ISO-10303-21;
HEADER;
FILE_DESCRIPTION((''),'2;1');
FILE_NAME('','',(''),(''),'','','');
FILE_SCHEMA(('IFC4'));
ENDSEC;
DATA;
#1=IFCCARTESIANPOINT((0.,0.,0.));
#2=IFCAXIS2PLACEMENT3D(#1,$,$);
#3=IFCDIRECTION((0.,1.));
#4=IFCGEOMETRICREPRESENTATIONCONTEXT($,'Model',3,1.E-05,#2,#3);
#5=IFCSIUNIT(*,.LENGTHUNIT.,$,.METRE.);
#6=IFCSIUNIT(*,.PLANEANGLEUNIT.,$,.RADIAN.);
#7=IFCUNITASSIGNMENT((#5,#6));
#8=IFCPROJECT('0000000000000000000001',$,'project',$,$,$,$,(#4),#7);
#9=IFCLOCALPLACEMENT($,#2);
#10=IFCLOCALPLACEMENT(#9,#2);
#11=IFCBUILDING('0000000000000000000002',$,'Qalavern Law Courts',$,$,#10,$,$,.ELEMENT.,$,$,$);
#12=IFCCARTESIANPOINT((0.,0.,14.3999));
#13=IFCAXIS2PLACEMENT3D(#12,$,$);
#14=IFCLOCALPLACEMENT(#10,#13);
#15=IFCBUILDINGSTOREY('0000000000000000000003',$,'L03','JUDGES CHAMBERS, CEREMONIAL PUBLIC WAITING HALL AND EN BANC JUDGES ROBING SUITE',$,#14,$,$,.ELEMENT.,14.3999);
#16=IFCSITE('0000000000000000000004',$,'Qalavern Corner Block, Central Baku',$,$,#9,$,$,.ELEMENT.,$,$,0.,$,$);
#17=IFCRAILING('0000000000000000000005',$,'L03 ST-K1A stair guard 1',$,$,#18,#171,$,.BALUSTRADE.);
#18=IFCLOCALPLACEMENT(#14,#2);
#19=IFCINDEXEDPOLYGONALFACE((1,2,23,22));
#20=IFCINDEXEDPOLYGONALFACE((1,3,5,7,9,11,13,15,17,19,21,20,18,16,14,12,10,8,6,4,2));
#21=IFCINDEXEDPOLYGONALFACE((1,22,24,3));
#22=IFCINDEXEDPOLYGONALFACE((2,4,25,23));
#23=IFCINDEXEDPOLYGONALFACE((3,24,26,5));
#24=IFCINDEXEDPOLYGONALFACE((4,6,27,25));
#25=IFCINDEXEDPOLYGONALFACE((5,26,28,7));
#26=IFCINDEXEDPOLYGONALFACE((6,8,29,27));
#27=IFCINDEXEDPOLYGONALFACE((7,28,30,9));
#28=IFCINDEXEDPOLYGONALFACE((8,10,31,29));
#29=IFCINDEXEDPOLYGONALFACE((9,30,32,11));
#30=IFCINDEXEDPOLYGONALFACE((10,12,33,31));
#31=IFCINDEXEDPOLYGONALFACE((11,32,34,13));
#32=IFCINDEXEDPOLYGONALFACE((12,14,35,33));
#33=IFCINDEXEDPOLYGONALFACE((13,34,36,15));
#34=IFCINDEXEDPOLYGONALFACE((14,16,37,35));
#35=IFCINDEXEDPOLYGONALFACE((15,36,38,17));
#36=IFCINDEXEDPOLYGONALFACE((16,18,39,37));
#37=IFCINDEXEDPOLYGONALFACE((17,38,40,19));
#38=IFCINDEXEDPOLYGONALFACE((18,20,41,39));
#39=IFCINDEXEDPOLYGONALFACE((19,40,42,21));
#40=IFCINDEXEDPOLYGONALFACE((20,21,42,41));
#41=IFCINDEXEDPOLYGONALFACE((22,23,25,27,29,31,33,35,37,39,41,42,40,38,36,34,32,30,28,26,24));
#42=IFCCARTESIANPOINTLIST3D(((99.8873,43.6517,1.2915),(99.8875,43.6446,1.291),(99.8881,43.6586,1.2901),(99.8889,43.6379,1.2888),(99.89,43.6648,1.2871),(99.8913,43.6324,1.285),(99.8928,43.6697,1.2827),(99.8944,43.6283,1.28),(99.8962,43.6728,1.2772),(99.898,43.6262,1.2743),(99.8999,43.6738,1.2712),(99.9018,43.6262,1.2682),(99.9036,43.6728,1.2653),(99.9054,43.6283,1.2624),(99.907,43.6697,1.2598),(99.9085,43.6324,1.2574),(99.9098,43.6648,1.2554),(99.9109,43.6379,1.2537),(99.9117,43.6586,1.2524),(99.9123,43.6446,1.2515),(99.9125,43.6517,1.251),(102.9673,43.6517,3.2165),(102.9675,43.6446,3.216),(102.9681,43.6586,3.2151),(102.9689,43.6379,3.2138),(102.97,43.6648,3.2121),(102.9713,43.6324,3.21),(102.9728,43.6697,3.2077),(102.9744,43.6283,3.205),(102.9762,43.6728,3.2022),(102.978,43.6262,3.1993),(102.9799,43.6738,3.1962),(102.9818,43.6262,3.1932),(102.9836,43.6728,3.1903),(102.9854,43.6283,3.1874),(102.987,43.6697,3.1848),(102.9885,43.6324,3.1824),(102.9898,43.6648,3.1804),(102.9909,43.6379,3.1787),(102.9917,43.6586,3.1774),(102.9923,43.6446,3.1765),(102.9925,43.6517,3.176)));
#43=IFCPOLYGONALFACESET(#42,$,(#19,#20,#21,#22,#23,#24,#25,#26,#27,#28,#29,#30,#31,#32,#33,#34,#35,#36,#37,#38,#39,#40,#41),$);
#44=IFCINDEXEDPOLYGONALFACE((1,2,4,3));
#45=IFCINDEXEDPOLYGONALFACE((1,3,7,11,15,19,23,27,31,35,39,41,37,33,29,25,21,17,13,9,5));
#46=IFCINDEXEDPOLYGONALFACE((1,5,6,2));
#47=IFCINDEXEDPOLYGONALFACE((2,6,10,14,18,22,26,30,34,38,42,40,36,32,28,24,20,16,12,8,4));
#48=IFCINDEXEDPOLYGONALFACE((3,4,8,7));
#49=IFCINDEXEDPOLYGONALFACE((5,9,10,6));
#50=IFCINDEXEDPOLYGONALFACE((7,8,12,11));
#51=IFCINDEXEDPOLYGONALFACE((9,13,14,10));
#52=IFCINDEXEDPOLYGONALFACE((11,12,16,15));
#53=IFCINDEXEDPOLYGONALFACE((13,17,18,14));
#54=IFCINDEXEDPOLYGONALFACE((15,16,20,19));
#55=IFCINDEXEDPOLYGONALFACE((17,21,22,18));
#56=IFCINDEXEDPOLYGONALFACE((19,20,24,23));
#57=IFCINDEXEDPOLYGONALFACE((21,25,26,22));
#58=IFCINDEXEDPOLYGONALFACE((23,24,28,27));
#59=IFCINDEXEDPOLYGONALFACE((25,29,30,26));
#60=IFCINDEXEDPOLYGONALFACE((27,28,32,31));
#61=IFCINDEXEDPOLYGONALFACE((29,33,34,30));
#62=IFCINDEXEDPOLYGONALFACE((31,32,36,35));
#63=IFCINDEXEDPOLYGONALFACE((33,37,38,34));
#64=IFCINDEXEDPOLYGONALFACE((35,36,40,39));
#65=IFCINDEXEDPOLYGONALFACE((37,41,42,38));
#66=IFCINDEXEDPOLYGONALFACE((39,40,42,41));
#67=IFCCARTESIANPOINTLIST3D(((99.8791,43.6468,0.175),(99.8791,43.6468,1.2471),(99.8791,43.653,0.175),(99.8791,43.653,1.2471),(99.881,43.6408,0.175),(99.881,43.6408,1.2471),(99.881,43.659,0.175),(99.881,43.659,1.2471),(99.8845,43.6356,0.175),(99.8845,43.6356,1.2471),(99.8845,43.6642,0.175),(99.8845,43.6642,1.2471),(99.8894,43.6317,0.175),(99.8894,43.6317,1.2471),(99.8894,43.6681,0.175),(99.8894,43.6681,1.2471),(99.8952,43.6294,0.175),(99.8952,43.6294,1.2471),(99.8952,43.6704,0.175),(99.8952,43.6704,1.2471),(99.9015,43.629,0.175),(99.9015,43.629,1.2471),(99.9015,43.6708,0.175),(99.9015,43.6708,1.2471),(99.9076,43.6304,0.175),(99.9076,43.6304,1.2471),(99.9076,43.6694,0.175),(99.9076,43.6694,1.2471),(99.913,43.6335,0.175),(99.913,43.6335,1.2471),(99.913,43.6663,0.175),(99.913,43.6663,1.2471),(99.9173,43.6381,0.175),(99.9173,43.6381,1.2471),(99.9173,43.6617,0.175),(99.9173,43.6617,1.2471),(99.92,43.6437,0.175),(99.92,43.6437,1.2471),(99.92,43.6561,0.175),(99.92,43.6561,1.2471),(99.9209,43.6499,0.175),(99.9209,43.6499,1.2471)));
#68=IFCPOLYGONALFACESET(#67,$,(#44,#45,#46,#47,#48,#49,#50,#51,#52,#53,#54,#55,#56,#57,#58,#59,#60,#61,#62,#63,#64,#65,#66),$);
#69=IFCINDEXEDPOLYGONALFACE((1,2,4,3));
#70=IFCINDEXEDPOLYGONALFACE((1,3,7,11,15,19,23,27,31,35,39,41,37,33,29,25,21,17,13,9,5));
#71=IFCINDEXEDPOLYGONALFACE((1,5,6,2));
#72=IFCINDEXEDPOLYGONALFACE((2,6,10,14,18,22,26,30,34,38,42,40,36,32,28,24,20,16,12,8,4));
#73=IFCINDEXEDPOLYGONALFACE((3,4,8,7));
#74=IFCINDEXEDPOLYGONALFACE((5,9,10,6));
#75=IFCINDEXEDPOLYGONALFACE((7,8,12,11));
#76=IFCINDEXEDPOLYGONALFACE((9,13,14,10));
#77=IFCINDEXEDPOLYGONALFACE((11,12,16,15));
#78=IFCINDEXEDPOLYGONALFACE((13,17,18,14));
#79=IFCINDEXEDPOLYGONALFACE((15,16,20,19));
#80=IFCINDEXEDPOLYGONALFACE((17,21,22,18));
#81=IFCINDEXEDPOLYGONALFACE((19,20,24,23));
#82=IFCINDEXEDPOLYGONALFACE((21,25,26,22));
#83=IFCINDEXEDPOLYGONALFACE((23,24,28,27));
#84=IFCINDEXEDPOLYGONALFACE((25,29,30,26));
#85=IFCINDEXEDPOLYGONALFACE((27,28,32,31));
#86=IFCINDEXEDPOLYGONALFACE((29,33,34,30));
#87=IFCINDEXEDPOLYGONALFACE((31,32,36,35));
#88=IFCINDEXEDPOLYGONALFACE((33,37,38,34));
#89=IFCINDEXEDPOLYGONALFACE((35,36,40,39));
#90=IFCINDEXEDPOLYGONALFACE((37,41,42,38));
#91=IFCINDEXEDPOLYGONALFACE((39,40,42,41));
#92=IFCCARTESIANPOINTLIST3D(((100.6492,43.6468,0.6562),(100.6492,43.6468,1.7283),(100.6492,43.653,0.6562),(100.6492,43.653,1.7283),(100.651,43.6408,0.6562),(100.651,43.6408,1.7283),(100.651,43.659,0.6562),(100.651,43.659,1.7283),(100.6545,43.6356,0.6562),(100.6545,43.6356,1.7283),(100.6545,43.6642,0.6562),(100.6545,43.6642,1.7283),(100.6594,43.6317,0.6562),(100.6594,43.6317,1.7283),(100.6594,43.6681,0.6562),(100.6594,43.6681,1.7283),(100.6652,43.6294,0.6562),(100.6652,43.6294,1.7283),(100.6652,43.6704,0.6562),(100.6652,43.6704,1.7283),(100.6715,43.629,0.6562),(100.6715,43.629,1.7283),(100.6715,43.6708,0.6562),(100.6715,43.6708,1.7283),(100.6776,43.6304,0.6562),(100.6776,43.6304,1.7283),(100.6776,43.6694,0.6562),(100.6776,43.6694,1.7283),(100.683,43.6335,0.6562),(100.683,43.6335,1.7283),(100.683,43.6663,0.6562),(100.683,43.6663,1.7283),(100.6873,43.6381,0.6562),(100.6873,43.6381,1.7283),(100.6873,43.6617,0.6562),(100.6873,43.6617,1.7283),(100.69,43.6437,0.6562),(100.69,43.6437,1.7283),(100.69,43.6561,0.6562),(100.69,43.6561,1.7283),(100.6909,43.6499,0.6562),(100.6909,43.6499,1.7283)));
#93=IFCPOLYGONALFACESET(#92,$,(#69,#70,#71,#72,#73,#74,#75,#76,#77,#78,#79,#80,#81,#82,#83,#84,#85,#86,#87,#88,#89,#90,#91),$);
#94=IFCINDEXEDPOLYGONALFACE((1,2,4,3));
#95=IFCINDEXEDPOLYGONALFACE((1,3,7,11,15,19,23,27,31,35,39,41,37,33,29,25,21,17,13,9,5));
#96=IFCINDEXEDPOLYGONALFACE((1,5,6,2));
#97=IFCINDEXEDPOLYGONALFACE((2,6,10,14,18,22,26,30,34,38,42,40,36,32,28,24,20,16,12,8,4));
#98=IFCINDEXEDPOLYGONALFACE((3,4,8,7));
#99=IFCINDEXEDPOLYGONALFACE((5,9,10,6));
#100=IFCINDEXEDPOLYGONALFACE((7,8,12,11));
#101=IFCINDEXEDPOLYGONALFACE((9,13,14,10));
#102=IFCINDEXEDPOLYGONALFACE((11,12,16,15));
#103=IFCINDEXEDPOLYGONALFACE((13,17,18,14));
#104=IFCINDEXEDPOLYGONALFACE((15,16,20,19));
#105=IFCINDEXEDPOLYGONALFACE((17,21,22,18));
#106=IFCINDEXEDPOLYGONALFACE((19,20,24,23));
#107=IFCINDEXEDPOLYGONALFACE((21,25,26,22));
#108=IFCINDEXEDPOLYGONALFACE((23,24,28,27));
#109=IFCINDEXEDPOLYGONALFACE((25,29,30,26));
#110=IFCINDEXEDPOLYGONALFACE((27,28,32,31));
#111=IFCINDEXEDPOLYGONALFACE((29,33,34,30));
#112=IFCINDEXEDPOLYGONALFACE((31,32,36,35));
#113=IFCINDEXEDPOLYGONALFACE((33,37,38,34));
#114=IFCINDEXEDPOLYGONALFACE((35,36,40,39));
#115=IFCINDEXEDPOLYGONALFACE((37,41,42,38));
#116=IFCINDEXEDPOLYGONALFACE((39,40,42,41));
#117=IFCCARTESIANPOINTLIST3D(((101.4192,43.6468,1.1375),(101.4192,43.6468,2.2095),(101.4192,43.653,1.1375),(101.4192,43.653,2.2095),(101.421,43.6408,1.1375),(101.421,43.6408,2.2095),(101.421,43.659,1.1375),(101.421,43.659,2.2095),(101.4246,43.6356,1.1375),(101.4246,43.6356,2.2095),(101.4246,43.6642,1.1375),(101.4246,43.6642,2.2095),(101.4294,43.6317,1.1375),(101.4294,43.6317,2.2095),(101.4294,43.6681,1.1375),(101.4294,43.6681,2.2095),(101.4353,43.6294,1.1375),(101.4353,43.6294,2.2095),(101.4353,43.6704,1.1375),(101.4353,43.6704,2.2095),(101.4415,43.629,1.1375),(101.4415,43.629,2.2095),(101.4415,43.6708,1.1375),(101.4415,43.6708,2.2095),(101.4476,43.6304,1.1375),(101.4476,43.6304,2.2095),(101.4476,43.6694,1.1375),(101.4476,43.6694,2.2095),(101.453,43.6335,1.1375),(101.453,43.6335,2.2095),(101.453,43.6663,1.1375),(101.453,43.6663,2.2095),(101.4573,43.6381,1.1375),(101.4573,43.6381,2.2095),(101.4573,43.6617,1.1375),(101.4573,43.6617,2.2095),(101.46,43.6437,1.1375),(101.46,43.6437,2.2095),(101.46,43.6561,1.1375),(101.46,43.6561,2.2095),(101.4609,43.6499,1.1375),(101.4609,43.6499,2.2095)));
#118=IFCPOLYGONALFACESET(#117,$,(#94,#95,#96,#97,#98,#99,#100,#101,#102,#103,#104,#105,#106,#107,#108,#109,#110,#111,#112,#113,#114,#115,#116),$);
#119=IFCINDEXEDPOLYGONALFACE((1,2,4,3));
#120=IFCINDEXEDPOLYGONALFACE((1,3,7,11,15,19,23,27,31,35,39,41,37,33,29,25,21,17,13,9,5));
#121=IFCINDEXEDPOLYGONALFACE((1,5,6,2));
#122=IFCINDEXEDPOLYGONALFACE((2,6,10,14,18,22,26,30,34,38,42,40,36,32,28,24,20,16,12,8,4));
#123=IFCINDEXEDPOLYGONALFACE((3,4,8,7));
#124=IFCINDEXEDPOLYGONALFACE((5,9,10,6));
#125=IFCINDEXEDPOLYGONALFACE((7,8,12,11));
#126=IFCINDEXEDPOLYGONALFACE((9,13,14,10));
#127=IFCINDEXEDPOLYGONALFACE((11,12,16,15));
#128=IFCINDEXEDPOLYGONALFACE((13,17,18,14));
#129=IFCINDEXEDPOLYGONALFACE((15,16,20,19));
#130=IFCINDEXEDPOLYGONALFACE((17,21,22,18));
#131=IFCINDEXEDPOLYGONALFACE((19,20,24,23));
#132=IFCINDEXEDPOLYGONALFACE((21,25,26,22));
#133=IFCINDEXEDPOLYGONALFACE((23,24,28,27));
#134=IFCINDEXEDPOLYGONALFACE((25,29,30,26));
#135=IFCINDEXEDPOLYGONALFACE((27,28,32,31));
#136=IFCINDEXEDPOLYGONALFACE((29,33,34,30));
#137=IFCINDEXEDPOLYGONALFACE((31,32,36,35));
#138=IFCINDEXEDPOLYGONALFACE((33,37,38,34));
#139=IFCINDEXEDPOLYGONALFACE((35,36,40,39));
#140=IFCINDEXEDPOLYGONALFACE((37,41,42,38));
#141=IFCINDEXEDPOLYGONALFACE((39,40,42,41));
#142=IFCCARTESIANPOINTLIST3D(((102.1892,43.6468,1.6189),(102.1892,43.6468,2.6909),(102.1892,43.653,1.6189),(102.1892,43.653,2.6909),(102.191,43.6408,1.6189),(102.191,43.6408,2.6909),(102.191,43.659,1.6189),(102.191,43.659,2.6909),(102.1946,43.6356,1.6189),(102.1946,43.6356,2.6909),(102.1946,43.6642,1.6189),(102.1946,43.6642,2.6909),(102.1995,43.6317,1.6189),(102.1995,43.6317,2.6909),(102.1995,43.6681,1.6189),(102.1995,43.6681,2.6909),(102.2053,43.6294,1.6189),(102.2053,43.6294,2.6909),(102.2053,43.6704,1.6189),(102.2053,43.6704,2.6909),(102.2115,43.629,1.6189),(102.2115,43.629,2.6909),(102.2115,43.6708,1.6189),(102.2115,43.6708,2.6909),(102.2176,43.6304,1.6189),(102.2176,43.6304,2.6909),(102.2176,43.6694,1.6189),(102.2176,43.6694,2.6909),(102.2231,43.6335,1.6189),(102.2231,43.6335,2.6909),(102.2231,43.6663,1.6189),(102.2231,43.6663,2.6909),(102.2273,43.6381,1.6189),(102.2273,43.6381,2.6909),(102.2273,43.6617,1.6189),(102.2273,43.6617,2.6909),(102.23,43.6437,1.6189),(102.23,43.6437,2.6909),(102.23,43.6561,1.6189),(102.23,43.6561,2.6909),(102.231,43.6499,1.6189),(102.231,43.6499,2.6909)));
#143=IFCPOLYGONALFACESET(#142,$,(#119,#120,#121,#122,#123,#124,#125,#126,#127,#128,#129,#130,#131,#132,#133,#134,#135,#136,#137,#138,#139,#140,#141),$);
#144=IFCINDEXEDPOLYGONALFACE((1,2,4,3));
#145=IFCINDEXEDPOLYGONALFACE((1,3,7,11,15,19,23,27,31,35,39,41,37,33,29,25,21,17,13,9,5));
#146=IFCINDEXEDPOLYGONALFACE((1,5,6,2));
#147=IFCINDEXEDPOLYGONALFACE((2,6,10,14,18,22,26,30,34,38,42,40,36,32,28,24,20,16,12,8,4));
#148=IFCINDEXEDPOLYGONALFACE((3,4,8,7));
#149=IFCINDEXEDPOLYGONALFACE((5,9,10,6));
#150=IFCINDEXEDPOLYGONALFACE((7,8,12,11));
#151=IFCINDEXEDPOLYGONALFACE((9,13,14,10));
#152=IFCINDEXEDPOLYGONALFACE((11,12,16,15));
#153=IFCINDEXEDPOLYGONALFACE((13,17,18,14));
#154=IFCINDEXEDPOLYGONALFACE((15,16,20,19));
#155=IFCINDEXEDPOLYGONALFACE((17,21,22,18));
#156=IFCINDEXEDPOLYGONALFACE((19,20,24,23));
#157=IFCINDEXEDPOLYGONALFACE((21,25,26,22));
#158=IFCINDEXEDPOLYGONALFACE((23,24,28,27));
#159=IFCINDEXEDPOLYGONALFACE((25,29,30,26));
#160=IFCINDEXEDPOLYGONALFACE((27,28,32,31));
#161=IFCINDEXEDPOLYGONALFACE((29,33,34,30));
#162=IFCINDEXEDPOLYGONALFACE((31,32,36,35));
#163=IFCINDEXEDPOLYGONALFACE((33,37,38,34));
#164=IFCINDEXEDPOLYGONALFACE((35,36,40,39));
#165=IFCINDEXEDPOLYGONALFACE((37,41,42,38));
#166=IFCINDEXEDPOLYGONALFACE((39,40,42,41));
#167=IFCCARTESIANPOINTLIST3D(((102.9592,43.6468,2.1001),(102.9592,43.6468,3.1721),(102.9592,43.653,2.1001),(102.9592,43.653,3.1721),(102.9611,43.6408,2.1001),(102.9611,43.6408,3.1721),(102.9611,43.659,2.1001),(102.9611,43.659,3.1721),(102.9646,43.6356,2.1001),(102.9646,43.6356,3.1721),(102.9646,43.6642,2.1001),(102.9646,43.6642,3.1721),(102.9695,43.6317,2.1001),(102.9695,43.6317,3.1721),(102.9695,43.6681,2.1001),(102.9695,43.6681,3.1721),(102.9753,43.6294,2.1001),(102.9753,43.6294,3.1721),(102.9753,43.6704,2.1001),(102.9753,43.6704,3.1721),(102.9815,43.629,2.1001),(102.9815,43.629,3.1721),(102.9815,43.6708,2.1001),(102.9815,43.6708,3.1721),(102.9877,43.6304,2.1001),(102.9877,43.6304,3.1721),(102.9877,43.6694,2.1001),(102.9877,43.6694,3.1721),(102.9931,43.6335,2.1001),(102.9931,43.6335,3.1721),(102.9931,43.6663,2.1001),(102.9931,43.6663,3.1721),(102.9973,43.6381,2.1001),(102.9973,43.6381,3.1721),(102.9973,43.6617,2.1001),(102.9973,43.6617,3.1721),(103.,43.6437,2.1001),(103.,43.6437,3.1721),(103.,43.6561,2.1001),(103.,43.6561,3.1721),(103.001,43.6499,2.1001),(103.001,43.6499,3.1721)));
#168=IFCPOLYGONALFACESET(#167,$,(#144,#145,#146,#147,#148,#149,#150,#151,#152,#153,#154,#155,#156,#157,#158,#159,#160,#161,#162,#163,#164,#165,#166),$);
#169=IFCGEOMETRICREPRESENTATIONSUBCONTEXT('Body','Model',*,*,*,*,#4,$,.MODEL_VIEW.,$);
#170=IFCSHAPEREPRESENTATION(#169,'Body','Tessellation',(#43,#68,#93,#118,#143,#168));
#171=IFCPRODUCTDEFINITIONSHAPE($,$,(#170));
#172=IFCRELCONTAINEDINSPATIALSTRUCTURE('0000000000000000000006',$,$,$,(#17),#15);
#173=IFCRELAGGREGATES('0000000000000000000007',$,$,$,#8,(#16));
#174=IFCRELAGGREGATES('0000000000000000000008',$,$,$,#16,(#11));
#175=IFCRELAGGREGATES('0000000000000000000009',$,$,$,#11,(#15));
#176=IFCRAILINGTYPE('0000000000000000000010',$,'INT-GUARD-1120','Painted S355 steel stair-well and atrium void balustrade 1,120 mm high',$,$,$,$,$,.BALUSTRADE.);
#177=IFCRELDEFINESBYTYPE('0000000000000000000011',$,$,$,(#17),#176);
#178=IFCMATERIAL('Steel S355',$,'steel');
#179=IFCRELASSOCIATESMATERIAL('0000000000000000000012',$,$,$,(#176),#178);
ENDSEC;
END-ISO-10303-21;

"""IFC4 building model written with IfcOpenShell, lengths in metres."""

from ifc_helpers import new_model, si_unit, direction, frame, origin, origin_2d, place, context, subcontext, project, spatial, circle, extrude, material, type_object, element, save


model = new_model("IFC4")

# Units and contexts
model_context = context("Model", 3, precision=1e-05, world=origin(), true_north=direction((0.0, 1.0)))
body_context = subcontext(model_context, "Body", "Model", "MODEL_VIEW")
ifc_project = project(units=[si_unit("LENGTHUNIT", "METRE"), si_unit("PLANEANGLEUNIT", "RADIAN")], contexts=[model_context])

# Site, building, storey
site_placement = place(None, origin())
site = spatial("IfcSite", under=ifc_project, at=site_placement, Name="Qalavern Corner Block, Central Baku", CompositionType="ELEMENT", RefElevation=0.0)
building_placement = place(site_placement, origin())
building = spatial("IfcBuilding", under=site, at=building_placement, Name="Qalavern Law Courts", CompositionType="ELEMENT")
storey_placement = place(building_placement, frame((0.0, 0.0, 14.3999)))
storey = spatial("IfcBuildingStorey", under=building, at=storey_placement, Name="L03", Description="JUDGES CHAMBERS, CEREMONIAL PUBLIC WAITING HALL AND EN BANC JUDGES ROBING SUITE", CompositionType="ELEMENT", Elevation=14.3999)

# Shared definitions
ifc_material_1 = material(Name="Steel S355", Category="steel")

# Railing
railing_type_1 = type_object("IfcRailingType", Name="INT-GUARD-1120", Description="Painted S355 steel stair-well and atrium void balustrade 1,120 mm high", PredefinedType="BALUSTRADE", material=ifc_material_1)
railing_1_placement = place(storey_placement, frame((99.8999, 43.6499, 0.175)))
element("IfcRailing", 1, at=railing_1_placement, inside=storey, type_object=railing_type_1, Name="L03 ST-K1A stair guard 1", PredefinedType="BALUSTRADE", context=body_context, shape_type="SweptSolid", body=[
    extrude(circle(Radius=0.0239, at=origin_2d()), frame((0.0, 0.0, 1.0962), z_axis=(0.847998, 0.0, 0.529999), x_axis=(0.0, 1.0, 0.0)), (0.0, 0.0, 1.0), 3.6321),
    extrude(circle(Radius=0.021, at=origin_2d()), origin(), (0.0, 0.0, 1.0), 1.072),
    extrude(circle(Radius=0.021, at=origin_2d()), frame((0.77, 0.0, 0.4812)), (0.0, 0.0, 1.0), 1.072),
    extrude(circle(Radius=0.021, at=origin_2d()), frame((1.54, 0.0, 0.9624)), (0.0, 0.0, 1.0), 1.072),
    extrude(circle(Radius=0.021, at=origin_2d()), frame((2.3101, 0.0, 1.4438)), (0.0, 0.0, 1.0), 1.072),
    extrude(circle(Radius=0.021, at=origin_2d()), frame((3.0801, 0.0, 1.925)), (0.0, 0.0, 1.0), 1.072),
])

save(model, "model.ifc")
